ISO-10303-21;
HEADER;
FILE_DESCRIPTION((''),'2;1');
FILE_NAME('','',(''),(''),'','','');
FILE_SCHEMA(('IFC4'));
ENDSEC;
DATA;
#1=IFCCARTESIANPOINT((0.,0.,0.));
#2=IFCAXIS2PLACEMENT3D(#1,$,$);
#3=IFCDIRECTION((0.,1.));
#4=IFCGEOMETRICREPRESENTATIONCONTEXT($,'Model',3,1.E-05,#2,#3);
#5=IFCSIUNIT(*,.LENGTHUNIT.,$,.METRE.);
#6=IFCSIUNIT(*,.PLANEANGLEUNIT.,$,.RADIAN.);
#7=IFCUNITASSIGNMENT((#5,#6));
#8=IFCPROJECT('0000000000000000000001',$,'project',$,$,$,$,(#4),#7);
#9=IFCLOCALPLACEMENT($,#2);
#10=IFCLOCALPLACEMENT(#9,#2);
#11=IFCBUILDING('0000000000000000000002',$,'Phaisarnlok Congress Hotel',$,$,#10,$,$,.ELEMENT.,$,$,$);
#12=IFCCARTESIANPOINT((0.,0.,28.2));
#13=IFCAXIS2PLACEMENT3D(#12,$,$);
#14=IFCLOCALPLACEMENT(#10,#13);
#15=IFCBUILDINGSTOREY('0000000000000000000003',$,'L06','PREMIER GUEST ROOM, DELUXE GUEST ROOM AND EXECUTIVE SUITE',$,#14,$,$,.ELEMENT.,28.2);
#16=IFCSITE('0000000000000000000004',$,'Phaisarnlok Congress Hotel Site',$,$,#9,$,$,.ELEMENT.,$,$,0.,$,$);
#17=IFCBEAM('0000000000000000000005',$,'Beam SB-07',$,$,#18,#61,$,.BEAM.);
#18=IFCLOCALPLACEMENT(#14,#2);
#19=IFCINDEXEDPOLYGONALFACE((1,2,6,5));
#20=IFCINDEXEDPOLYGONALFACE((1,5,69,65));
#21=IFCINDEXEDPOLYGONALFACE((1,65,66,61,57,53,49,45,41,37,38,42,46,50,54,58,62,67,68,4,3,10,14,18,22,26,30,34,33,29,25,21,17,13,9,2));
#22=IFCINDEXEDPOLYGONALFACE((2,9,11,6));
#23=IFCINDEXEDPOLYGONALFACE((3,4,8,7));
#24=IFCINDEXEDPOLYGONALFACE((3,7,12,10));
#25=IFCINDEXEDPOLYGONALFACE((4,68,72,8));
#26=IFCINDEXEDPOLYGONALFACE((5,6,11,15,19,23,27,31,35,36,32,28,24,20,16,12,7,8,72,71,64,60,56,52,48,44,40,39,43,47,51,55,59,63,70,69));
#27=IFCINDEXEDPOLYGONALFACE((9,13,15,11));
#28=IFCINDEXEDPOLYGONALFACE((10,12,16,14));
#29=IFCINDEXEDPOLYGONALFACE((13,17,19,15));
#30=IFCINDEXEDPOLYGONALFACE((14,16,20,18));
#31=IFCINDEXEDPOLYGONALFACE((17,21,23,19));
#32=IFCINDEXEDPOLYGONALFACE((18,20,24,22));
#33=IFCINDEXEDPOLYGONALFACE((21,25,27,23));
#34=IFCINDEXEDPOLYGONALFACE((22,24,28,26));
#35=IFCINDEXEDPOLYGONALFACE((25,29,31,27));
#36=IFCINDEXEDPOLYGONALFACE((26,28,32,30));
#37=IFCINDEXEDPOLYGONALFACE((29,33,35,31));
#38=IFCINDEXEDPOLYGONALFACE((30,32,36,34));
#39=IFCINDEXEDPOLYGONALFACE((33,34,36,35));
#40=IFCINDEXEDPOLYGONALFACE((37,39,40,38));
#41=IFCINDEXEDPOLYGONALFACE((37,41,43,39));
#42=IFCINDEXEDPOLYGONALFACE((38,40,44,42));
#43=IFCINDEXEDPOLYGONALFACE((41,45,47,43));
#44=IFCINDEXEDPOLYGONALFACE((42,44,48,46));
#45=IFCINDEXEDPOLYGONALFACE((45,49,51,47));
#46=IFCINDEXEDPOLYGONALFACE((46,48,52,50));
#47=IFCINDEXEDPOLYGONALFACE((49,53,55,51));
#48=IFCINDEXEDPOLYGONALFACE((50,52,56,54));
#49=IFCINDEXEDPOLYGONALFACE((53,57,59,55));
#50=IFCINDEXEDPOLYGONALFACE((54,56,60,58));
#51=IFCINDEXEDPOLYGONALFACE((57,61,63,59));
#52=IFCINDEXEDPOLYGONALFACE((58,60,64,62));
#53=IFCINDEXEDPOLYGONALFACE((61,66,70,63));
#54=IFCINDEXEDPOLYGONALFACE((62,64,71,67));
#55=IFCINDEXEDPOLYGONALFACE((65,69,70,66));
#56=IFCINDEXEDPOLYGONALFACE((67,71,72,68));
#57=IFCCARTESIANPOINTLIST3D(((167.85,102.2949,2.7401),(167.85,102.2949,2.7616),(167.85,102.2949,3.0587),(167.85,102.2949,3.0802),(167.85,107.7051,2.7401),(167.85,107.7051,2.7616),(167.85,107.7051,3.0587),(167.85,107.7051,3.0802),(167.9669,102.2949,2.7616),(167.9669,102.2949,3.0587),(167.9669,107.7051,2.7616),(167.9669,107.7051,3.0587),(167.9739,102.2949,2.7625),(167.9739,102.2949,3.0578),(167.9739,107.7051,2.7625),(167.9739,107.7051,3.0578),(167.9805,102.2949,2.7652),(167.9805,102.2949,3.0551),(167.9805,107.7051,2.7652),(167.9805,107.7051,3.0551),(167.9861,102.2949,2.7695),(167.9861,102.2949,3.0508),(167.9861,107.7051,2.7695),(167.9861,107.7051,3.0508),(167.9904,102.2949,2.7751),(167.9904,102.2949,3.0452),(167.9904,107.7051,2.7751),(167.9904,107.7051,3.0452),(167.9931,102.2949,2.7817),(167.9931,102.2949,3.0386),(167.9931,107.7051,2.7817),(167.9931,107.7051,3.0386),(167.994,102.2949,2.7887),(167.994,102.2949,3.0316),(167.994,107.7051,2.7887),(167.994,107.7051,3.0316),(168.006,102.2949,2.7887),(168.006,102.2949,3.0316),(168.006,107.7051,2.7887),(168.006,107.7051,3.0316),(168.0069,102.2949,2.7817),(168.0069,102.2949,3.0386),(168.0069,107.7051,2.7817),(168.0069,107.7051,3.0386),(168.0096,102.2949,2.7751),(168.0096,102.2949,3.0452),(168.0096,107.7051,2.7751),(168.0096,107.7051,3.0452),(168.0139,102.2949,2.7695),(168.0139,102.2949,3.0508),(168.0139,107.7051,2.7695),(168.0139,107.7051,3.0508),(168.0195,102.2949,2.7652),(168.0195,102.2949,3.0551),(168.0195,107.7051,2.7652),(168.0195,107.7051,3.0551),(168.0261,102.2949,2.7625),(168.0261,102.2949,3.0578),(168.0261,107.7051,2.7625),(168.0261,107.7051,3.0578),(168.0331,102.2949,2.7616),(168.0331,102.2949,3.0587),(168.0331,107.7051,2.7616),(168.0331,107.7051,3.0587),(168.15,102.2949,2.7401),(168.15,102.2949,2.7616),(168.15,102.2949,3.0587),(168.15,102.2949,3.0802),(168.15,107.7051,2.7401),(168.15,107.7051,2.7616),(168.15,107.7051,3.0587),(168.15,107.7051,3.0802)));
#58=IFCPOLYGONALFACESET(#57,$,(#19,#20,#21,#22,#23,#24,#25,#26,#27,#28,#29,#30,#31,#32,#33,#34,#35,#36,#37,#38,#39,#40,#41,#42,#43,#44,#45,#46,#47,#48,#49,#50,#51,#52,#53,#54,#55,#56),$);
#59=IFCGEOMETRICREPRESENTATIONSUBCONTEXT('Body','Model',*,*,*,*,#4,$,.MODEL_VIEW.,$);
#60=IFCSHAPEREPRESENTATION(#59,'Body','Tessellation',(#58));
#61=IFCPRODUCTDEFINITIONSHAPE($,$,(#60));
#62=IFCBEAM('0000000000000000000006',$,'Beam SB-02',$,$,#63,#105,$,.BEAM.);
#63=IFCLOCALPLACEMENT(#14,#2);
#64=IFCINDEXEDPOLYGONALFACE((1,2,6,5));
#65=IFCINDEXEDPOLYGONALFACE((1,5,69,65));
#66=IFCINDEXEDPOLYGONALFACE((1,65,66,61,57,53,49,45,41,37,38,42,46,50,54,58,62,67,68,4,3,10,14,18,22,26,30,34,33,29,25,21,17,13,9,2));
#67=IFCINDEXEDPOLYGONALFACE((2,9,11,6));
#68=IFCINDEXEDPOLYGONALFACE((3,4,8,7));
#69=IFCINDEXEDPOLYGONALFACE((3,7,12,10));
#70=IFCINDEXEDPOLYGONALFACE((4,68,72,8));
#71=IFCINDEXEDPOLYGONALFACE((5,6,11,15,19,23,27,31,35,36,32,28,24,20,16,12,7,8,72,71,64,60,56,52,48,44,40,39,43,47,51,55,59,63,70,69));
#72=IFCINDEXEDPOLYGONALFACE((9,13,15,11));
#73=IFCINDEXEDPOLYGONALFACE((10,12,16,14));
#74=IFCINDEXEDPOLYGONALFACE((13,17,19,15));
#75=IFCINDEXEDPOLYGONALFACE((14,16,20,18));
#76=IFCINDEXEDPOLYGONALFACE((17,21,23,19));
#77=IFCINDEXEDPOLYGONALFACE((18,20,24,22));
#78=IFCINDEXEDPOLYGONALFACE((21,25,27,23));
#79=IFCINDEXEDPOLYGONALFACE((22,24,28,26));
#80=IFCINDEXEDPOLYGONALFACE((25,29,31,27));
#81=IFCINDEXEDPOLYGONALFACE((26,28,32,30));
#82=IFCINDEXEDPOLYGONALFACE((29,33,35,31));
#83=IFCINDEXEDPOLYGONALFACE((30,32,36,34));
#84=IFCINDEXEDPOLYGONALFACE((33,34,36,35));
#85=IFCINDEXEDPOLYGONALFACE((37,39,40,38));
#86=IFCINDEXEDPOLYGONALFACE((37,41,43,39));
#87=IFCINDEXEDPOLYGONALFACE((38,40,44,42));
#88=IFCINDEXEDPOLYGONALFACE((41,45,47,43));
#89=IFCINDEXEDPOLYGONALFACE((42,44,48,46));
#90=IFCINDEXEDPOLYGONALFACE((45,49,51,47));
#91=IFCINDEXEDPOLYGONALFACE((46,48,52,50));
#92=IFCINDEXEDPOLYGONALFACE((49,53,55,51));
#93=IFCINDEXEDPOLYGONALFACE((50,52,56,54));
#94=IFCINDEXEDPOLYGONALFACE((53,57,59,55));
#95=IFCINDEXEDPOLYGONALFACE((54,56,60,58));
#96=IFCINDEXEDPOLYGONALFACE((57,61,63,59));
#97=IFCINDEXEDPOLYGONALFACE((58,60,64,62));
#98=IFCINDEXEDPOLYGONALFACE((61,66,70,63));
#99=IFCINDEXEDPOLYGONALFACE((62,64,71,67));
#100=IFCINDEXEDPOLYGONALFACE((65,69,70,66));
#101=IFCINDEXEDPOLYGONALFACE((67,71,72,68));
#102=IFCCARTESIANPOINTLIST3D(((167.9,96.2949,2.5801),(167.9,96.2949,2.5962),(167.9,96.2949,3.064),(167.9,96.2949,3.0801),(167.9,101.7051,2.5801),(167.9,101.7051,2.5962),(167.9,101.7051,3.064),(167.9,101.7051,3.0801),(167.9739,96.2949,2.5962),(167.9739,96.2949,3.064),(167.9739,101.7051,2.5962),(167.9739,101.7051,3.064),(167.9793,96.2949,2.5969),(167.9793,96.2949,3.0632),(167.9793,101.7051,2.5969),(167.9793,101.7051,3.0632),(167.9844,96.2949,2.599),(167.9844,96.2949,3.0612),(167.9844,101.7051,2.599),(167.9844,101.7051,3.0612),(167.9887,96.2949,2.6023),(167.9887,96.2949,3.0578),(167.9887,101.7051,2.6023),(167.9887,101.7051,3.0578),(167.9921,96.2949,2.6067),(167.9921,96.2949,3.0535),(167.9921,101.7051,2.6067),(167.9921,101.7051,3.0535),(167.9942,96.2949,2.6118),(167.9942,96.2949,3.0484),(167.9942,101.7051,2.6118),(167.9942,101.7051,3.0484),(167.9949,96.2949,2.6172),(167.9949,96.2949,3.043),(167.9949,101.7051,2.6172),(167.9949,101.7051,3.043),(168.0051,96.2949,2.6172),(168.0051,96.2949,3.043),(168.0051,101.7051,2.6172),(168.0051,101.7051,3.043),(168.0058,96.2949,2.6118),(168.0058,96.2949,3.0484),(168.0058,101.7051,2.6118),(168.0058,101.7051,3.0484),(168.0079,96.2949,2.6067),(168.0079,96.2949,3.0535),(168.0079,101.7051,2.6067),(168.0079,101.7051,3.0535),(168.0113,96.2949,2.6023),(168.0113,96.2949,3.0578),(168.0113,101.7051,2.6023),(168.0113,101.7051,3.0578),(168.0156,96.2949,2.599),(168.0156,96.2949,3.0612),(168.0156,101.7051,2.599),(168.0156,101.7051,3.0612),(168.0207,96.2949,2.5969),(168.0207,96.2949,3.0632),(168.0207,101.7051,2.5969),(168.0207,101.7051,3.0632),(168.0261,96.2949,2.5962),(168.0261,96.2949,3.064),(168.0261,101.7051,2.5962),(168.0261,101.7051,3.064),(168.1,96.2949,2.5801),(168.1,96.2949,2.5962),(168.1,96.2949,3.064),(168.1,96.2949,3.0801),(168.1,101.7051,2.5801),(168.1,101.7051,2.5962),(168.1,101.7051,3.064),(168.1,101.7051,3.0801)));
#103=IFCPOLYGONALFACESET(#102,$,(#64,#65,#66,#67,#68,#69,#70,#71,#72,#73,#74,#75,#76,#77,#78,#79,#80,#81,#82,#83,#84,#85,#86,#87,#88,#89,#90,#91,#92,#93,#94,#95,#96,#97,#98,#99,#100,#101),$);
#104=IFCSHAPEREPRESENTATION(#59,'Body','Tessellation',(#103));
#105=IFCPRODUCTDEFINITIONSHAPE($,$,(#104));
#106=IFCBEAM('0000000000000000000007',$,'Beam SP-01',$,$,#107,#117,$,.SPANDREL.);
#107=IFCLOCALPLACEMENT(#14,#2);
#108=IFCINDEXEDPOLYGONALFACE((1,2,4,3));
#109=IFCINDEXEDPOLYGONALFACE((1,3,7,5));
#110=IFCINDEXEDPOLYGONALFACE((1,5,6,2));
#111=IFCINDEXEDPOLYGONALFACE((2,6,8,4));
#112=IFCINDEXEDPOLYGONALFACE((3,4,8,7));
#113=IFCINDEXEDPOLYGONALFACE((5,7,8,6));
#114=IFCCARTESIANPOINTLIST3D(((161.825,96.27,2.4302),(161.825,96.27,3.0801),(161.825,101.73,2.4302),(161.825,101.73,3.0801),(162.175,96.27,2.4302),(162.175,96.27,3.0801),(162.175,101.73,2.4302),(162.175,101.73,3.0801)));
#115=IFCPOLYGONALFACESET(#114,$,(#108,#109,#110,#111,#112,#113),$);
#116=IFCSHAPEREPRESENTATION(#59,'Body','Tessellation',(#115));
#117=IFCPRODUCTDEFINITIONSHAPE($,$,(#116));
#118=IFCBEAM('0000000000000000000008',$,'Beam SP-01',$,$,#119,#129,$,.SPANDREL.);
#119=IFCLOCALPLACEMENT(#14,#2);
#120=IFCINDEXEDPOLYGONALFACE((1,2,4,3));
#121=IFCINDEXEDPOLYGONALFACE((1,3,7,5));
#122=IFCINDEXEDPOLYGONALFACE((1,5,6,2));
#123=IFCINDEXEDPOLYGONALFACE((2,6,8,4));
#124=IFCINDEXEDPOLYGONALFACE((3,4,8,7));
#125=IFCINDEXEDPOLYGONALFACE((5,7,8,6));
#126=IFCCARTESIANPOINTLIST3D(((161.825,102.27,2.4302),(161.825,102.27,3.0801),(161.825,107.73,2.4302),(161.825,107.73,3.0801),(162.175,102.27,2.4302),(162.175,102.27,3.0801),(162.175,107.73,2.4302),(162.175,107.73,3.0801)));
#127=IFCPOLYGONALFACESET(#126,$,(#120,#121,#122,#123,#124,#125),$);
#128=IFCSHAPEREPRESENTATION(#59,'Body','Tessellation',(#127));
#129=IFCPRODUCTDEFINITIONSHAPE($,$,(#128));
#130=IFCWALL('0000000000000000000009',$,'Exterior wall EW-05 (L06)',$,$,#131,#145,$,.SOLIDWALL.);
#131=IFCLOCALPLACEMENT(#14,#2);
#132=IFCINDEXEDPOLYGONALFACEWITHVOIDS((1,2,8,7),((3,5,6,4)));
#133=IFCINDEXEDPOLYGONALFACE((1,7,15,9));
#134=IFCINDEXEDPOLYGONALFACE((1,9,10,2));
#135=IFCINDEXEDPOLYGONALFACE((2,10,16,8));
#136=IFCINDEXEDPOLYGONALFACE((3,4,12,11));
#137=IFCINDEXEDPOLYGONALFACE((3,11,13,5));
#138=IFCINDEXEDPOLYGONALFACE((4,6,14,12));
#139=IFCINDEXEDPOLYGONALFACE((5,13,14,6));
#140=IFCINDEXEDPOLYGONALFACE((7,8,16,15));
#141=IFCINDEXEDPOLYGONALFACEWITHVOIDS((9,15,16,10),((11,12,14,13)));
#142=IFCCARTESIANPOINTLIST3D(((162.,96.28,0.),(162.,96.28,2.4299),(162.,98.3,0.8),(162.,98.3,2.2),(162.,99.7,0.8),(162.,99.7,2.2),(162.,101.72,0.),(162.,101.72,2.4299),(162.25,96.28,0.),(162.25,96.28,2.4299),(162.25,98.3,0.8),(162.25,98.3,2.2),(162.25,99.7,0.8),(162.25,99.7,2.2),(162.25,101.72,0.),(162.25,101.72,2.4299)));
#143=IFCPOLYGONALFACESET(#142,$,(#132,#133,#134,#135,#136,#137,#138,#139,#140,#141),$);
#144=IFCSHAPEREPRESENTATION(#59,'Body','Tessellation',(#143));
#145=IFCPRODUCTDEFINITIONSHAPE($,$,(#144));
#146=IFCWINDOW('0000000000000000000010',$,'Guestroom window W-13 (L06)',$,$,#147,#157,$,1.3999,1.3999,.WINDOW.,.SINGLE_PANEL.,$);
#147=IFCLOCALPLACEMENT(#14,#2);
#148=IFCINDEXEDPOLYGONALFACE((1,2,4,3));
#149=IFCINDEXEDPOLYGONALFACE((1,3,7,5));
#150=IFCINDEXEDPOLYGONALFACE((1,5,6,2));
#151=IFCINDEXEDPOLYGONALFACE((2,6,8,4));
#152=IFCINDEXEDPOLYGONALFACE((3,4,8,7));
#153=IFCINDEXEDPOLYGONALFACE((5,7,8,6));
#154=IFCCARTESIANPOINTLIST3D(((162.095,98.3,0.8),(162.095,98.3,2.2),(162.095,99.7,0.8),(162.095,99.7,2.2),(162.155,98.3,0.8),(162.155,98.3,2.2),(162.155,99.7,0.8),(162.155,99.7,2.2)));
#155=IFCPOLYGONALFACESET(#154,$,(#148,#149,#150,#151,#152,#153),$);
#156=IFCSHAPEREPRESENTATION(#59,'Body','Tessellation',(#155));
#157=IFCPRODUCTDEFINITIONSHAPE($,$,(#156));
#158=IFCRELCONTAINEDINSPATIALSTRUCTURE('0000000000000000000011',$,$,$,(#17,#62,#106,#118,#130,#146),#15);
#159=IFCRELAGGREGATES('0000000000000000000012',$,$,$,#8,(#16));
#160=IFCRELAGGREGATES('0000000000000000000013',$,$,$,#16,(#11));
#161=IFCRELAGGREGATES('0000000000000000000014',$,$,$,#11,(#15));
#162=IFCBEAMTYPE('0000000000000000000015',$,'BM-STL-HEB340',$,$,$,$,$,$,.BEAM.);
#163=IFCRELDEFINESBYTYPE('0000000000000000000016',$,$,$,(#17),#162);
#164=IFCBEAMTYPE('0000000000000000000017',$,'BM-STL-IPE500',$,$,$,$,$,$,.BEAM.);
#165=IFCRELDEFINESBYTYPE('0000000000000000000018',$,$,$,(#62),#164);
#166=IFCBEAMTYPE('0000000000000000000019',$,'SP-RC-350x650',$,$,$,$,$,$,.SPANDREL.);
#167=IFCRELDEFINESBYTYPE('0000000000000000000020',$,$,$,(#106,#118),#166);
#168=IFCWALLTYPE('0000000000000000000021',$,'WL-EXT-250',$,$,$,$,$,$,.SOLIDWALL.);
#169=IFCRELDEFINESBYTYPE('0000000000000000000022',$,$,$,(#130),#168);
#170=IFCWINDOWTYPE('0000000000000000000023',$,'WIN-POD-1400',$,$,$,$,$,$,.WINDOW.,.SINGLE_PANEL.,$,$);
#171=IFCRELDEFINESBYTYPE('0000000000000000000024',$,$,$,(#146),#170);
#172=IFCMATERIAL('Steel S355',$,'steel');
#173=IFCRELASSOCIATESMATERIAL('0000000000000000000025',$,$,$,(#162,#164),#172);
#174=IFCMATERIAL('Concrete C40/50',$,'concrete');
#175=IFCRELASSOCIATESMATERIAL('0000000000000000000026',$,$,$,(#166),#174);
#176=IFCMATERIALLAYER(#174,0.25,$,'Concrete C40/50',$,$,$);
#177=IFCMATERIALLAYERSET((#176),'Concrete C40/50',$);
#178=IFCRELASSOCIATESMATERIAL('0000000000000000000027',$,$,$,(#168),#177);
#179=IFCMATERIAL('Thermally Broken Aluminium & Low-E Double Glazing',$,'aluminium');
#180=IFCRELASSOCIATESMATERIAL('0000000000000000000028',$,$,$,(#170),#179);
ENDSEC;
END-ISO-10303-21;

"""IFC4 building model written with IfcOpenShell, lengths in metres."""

from ifc_helpers import new_model, si_unit, direction, frame, frame_2d, origin, origin_2d, place, context, subcontext, project, spatial, rectangle, i_section, extrude, material, layer, layer_set, material_profile, profile_set, type_object, element, fill, save


model = new_model("IFC4")

# Units and contexts
model_context = context("Model", 3, precision=1e-05, world=origin(), true_north=direction((0.0, 1.0)))
body_context = subcontext(model_context, "Body", "Model", "MODEL_VIEW")
ifc_project = project(units=[si_unit("LENGTHUNIT", "METRE"), si_unit("PLANEANGLEUNIT", "RADIAN")], contexts=[model_context])

# Site, building, storey
site_placement = place(None, origin())
site = spatial("IfcSite", under=ifc_project, at=site_placement, Name="Phaisarnlok Congress Hotel Site", CompositionType="ELEMENT", RefElevation=0.0)
building_placement = place(site_placement, origin())
building = spatial("IfcBuilding", under=site, at=building_placement, Name="Phaisarnlok Congress Hotel", CompositionType="ELEMENT")
storey_placement = place(building_placement, frame((0.0, 0.0, 28.2)))
storey = spatial("IfcBuildingStorey", under=building, at=storey_placement, Name="L06", Description="PREMIER GUEST ROOM, DELUXE GUEST ROOM AND EXECUTIVE SUITE", CompositionType="ELEMENT", Elevation=28.2)

# Beams
ifc_material_1 = material(Name="Steel S355", Category="steel")
ifc_material_profile_1 = material_profile(ifc_material_1, i_section(OverallWidth=0.3, OverallDepth=0.3401, WebThickness=0.012, FlangeThickness=0.0215, FilletRadius=0.0271, at=origin_2d()), Name="HEB 340")
ifc_profile_set_1 = profile_set([ifc_material_profile_1], Name="Steel S355")
beam_type_1 = type_object("IfcBeamType", Name="BM-STL-HEB340", PredefinedType="BEAM", material=ifc_profile_set_1)
beam_1_placement = place(storey_placement, frame((168.0, 102.2949, 2.9102), z_axis=(0.0, 1.0, 0.0), x_axis=(-1.0, 0.0, 0.0)))
element("IfcBeam", 1, at=beam_1_placement, inside=storey, type_object=beam_type_1, Name="Beam SB-07", PredefinedType="BEAM", context=body_context, shape_type="SweptSolid", body=[
    extrude(i_section(OverallWidth=0.3, OverallDepth=0.3401, WebThickness=0.012, FlangeThickness=0.0215, FilletRadius=0.0271, at=origin_2d()), origin(), (0.0, 0.0, 1.0), 5.4102),
])
ifc_material_profile_2 = material_profile(ifc_material_1, i_section(OverallWidth=0.2, OverallDepth=0.5, WebThickness=0.0103, FlangeThickness=0.0161, FilletRadius=0.021, at=origin_2d()), Name="IPE 500")
ifc_profile_set_2 = profile_set([ifc_material_profile_2], Name="Steel S355")
beam_type_2 = type_object("IfcBeamType", Name="BM-STL-IPE500", PredefinedType="BEAM", material=ifc_profile_set_2)
beam_2_placement = place(storey_placement, frame((168.0, 96.2949, 2.8301), z_axis=(0.0, 1.0, 0.0), x_axis=(-1.0, 0.0, 0.0)))
element("IfcBeam", 2, at=beam_2_placement, inside=storey, type_object=beam_type_2, Name="Beam SB-02", PredefinedType="BEAM", context=body_context, shape_type="SweptSolid", body=[
    extrude(i_section(OverallWidth=0.2, OverallDepth=0.5, WebThickness=0.0103, FlangeThickness=0.0161, FilletRadius=0.021, at=origin_2d()), origin(), (0.0, 0.0, 1.0), 5.4102),
])
ifc_material_2 = material(Name="Concrete C40/50", Category="concrete")
ifc_material_profile_3 = material_profile(ifc_material_2, rectangle(XDim=0.3501, YDim=0.6499, at=origin_2d()), Name="RC 350x650")
ifc_profile_set_3 = profile_set([ifc_material_profile_3], Name="Concrete C40/50")
beam_type_3 = type_object("IfcBeamType", Name="SP-RC-350x650", PredefinedType="SPANDREL", material=ifc_profile_set_3)
for number, where, z_axis, x_axis, name in (
    (3, (162.0, 96.27, 2.7551), (0.0, 1.0, 0.0), (-1.0, 0.0, 0.0), "Beam SP-01"),
    (4, (162.0, 102.27, 2.7551), (0.0, 1.0, 0.0), (-1.0, 0.0, 0.0), "Beam SP-01"),
):
    element("IfcBeam", number, at=place(storey_placement, frame(where, z_axis=z_axis, x_axis=x_axis)), inside=storey, type_object=beam_type_3, Name=name, PredefinedType="SPANDREL", context=body_context, shape_type="SweptSolid", body=[
        extrude(rectangle(XDim=0.3501, YDim=0.6499, at=origin_2d()), origin(), (0.0, 0.0, 1.0), 5.46),
    ])

# Wall, opening, window
ifc_layer_1 = layer(ifc_material_2, 0.25, Name="Concrete C40/50")
ifc_layer_set_1 = layer_set([ifc_layer_1], Name="Concrete C40/50")
wall_type_1 = type_object("IfcWallType", Name="WL-EXT-250", PredefinedType="SOLIDWALL", material=ifc_layer_set_1)
wall_1_placement = place(storey_placement, frame((162.125, 101.72, 0.0), z_axis=(0.0, 0.0, 1.0), x_axis=(0.0, -1.0, 0.0)))
wall_1 = element("IfcWall", 5, at=wall_1_placement, inside=storey, type_object=wall_type_1, Name="Exterior wall EW-05 (L06)", PredefinedType="SOLIDWALL", context=body_context, shape_type="SweptSolid", body=[
    extrude(rectangle(XDim=5.4399, YDim=0.25, at=frame_2d((2.72, 0.0))), origin(), (0.0, 0.0, 1.0), 2.4299),
])
opening_1_placement = place(wall_1_placement, frame((2.02, 0.0, 0.8)))
opening_1 = element("IfcOpeningElement", 6, at=opening_1_placement, cuts=wall_1, PredefinedType="OPENING", context=body_context, shape_type="SweptSolid", body=[
    extrude(rectangle(XDim=1.3999, YDim=1.3999, at=frame_2d((0.7, 0.7))), frame((0.0, 0.135, 0.0), z_axis=(0.0, -1.0, 0.0), x_axis=(1.0, 0.0, 0.0)), (0.0, 0.0, 1.0), 0.27),
])
ifc_material_3 = material(Name="Thermally Broken Aluminium & Low-E Double Glazing", Category="aluminium")
window_type = type_object("IfcWindowType", Name="WIN-POD-1400", PartitioningType="SINGLE_PANEL", PredefinedType="WINDOW", material=ifc_material_3)
window_1_placement = place(opening_1_placement, origin())
window_1 = element("IfcWindow", 7, at=window_1_placement, inside=storey, type_object=window_type, Name="Guestroom window W-13 (L06)", OverallHeight=1.3999, OverallWidth=1.3999, PartitioningType="SINGLE_PANEL", PredefinedType="WINDOW", context=body_context, shape_type="SweptSolid", body=[
    extrude(rectangle(XDim=1.3999, YDim=1.3999, at=frame_2d((0.7, 0.7))), frame((0.0, 0.03, 0.0), z_axis=(0.0, -1.0, 0.0), x_axis=(1.0, 0.0, 0.0)), (0.0, 0.0, 1.0), 0.0601),
])
fill(opening_1, window_1)

save(model, "model.ifc")
